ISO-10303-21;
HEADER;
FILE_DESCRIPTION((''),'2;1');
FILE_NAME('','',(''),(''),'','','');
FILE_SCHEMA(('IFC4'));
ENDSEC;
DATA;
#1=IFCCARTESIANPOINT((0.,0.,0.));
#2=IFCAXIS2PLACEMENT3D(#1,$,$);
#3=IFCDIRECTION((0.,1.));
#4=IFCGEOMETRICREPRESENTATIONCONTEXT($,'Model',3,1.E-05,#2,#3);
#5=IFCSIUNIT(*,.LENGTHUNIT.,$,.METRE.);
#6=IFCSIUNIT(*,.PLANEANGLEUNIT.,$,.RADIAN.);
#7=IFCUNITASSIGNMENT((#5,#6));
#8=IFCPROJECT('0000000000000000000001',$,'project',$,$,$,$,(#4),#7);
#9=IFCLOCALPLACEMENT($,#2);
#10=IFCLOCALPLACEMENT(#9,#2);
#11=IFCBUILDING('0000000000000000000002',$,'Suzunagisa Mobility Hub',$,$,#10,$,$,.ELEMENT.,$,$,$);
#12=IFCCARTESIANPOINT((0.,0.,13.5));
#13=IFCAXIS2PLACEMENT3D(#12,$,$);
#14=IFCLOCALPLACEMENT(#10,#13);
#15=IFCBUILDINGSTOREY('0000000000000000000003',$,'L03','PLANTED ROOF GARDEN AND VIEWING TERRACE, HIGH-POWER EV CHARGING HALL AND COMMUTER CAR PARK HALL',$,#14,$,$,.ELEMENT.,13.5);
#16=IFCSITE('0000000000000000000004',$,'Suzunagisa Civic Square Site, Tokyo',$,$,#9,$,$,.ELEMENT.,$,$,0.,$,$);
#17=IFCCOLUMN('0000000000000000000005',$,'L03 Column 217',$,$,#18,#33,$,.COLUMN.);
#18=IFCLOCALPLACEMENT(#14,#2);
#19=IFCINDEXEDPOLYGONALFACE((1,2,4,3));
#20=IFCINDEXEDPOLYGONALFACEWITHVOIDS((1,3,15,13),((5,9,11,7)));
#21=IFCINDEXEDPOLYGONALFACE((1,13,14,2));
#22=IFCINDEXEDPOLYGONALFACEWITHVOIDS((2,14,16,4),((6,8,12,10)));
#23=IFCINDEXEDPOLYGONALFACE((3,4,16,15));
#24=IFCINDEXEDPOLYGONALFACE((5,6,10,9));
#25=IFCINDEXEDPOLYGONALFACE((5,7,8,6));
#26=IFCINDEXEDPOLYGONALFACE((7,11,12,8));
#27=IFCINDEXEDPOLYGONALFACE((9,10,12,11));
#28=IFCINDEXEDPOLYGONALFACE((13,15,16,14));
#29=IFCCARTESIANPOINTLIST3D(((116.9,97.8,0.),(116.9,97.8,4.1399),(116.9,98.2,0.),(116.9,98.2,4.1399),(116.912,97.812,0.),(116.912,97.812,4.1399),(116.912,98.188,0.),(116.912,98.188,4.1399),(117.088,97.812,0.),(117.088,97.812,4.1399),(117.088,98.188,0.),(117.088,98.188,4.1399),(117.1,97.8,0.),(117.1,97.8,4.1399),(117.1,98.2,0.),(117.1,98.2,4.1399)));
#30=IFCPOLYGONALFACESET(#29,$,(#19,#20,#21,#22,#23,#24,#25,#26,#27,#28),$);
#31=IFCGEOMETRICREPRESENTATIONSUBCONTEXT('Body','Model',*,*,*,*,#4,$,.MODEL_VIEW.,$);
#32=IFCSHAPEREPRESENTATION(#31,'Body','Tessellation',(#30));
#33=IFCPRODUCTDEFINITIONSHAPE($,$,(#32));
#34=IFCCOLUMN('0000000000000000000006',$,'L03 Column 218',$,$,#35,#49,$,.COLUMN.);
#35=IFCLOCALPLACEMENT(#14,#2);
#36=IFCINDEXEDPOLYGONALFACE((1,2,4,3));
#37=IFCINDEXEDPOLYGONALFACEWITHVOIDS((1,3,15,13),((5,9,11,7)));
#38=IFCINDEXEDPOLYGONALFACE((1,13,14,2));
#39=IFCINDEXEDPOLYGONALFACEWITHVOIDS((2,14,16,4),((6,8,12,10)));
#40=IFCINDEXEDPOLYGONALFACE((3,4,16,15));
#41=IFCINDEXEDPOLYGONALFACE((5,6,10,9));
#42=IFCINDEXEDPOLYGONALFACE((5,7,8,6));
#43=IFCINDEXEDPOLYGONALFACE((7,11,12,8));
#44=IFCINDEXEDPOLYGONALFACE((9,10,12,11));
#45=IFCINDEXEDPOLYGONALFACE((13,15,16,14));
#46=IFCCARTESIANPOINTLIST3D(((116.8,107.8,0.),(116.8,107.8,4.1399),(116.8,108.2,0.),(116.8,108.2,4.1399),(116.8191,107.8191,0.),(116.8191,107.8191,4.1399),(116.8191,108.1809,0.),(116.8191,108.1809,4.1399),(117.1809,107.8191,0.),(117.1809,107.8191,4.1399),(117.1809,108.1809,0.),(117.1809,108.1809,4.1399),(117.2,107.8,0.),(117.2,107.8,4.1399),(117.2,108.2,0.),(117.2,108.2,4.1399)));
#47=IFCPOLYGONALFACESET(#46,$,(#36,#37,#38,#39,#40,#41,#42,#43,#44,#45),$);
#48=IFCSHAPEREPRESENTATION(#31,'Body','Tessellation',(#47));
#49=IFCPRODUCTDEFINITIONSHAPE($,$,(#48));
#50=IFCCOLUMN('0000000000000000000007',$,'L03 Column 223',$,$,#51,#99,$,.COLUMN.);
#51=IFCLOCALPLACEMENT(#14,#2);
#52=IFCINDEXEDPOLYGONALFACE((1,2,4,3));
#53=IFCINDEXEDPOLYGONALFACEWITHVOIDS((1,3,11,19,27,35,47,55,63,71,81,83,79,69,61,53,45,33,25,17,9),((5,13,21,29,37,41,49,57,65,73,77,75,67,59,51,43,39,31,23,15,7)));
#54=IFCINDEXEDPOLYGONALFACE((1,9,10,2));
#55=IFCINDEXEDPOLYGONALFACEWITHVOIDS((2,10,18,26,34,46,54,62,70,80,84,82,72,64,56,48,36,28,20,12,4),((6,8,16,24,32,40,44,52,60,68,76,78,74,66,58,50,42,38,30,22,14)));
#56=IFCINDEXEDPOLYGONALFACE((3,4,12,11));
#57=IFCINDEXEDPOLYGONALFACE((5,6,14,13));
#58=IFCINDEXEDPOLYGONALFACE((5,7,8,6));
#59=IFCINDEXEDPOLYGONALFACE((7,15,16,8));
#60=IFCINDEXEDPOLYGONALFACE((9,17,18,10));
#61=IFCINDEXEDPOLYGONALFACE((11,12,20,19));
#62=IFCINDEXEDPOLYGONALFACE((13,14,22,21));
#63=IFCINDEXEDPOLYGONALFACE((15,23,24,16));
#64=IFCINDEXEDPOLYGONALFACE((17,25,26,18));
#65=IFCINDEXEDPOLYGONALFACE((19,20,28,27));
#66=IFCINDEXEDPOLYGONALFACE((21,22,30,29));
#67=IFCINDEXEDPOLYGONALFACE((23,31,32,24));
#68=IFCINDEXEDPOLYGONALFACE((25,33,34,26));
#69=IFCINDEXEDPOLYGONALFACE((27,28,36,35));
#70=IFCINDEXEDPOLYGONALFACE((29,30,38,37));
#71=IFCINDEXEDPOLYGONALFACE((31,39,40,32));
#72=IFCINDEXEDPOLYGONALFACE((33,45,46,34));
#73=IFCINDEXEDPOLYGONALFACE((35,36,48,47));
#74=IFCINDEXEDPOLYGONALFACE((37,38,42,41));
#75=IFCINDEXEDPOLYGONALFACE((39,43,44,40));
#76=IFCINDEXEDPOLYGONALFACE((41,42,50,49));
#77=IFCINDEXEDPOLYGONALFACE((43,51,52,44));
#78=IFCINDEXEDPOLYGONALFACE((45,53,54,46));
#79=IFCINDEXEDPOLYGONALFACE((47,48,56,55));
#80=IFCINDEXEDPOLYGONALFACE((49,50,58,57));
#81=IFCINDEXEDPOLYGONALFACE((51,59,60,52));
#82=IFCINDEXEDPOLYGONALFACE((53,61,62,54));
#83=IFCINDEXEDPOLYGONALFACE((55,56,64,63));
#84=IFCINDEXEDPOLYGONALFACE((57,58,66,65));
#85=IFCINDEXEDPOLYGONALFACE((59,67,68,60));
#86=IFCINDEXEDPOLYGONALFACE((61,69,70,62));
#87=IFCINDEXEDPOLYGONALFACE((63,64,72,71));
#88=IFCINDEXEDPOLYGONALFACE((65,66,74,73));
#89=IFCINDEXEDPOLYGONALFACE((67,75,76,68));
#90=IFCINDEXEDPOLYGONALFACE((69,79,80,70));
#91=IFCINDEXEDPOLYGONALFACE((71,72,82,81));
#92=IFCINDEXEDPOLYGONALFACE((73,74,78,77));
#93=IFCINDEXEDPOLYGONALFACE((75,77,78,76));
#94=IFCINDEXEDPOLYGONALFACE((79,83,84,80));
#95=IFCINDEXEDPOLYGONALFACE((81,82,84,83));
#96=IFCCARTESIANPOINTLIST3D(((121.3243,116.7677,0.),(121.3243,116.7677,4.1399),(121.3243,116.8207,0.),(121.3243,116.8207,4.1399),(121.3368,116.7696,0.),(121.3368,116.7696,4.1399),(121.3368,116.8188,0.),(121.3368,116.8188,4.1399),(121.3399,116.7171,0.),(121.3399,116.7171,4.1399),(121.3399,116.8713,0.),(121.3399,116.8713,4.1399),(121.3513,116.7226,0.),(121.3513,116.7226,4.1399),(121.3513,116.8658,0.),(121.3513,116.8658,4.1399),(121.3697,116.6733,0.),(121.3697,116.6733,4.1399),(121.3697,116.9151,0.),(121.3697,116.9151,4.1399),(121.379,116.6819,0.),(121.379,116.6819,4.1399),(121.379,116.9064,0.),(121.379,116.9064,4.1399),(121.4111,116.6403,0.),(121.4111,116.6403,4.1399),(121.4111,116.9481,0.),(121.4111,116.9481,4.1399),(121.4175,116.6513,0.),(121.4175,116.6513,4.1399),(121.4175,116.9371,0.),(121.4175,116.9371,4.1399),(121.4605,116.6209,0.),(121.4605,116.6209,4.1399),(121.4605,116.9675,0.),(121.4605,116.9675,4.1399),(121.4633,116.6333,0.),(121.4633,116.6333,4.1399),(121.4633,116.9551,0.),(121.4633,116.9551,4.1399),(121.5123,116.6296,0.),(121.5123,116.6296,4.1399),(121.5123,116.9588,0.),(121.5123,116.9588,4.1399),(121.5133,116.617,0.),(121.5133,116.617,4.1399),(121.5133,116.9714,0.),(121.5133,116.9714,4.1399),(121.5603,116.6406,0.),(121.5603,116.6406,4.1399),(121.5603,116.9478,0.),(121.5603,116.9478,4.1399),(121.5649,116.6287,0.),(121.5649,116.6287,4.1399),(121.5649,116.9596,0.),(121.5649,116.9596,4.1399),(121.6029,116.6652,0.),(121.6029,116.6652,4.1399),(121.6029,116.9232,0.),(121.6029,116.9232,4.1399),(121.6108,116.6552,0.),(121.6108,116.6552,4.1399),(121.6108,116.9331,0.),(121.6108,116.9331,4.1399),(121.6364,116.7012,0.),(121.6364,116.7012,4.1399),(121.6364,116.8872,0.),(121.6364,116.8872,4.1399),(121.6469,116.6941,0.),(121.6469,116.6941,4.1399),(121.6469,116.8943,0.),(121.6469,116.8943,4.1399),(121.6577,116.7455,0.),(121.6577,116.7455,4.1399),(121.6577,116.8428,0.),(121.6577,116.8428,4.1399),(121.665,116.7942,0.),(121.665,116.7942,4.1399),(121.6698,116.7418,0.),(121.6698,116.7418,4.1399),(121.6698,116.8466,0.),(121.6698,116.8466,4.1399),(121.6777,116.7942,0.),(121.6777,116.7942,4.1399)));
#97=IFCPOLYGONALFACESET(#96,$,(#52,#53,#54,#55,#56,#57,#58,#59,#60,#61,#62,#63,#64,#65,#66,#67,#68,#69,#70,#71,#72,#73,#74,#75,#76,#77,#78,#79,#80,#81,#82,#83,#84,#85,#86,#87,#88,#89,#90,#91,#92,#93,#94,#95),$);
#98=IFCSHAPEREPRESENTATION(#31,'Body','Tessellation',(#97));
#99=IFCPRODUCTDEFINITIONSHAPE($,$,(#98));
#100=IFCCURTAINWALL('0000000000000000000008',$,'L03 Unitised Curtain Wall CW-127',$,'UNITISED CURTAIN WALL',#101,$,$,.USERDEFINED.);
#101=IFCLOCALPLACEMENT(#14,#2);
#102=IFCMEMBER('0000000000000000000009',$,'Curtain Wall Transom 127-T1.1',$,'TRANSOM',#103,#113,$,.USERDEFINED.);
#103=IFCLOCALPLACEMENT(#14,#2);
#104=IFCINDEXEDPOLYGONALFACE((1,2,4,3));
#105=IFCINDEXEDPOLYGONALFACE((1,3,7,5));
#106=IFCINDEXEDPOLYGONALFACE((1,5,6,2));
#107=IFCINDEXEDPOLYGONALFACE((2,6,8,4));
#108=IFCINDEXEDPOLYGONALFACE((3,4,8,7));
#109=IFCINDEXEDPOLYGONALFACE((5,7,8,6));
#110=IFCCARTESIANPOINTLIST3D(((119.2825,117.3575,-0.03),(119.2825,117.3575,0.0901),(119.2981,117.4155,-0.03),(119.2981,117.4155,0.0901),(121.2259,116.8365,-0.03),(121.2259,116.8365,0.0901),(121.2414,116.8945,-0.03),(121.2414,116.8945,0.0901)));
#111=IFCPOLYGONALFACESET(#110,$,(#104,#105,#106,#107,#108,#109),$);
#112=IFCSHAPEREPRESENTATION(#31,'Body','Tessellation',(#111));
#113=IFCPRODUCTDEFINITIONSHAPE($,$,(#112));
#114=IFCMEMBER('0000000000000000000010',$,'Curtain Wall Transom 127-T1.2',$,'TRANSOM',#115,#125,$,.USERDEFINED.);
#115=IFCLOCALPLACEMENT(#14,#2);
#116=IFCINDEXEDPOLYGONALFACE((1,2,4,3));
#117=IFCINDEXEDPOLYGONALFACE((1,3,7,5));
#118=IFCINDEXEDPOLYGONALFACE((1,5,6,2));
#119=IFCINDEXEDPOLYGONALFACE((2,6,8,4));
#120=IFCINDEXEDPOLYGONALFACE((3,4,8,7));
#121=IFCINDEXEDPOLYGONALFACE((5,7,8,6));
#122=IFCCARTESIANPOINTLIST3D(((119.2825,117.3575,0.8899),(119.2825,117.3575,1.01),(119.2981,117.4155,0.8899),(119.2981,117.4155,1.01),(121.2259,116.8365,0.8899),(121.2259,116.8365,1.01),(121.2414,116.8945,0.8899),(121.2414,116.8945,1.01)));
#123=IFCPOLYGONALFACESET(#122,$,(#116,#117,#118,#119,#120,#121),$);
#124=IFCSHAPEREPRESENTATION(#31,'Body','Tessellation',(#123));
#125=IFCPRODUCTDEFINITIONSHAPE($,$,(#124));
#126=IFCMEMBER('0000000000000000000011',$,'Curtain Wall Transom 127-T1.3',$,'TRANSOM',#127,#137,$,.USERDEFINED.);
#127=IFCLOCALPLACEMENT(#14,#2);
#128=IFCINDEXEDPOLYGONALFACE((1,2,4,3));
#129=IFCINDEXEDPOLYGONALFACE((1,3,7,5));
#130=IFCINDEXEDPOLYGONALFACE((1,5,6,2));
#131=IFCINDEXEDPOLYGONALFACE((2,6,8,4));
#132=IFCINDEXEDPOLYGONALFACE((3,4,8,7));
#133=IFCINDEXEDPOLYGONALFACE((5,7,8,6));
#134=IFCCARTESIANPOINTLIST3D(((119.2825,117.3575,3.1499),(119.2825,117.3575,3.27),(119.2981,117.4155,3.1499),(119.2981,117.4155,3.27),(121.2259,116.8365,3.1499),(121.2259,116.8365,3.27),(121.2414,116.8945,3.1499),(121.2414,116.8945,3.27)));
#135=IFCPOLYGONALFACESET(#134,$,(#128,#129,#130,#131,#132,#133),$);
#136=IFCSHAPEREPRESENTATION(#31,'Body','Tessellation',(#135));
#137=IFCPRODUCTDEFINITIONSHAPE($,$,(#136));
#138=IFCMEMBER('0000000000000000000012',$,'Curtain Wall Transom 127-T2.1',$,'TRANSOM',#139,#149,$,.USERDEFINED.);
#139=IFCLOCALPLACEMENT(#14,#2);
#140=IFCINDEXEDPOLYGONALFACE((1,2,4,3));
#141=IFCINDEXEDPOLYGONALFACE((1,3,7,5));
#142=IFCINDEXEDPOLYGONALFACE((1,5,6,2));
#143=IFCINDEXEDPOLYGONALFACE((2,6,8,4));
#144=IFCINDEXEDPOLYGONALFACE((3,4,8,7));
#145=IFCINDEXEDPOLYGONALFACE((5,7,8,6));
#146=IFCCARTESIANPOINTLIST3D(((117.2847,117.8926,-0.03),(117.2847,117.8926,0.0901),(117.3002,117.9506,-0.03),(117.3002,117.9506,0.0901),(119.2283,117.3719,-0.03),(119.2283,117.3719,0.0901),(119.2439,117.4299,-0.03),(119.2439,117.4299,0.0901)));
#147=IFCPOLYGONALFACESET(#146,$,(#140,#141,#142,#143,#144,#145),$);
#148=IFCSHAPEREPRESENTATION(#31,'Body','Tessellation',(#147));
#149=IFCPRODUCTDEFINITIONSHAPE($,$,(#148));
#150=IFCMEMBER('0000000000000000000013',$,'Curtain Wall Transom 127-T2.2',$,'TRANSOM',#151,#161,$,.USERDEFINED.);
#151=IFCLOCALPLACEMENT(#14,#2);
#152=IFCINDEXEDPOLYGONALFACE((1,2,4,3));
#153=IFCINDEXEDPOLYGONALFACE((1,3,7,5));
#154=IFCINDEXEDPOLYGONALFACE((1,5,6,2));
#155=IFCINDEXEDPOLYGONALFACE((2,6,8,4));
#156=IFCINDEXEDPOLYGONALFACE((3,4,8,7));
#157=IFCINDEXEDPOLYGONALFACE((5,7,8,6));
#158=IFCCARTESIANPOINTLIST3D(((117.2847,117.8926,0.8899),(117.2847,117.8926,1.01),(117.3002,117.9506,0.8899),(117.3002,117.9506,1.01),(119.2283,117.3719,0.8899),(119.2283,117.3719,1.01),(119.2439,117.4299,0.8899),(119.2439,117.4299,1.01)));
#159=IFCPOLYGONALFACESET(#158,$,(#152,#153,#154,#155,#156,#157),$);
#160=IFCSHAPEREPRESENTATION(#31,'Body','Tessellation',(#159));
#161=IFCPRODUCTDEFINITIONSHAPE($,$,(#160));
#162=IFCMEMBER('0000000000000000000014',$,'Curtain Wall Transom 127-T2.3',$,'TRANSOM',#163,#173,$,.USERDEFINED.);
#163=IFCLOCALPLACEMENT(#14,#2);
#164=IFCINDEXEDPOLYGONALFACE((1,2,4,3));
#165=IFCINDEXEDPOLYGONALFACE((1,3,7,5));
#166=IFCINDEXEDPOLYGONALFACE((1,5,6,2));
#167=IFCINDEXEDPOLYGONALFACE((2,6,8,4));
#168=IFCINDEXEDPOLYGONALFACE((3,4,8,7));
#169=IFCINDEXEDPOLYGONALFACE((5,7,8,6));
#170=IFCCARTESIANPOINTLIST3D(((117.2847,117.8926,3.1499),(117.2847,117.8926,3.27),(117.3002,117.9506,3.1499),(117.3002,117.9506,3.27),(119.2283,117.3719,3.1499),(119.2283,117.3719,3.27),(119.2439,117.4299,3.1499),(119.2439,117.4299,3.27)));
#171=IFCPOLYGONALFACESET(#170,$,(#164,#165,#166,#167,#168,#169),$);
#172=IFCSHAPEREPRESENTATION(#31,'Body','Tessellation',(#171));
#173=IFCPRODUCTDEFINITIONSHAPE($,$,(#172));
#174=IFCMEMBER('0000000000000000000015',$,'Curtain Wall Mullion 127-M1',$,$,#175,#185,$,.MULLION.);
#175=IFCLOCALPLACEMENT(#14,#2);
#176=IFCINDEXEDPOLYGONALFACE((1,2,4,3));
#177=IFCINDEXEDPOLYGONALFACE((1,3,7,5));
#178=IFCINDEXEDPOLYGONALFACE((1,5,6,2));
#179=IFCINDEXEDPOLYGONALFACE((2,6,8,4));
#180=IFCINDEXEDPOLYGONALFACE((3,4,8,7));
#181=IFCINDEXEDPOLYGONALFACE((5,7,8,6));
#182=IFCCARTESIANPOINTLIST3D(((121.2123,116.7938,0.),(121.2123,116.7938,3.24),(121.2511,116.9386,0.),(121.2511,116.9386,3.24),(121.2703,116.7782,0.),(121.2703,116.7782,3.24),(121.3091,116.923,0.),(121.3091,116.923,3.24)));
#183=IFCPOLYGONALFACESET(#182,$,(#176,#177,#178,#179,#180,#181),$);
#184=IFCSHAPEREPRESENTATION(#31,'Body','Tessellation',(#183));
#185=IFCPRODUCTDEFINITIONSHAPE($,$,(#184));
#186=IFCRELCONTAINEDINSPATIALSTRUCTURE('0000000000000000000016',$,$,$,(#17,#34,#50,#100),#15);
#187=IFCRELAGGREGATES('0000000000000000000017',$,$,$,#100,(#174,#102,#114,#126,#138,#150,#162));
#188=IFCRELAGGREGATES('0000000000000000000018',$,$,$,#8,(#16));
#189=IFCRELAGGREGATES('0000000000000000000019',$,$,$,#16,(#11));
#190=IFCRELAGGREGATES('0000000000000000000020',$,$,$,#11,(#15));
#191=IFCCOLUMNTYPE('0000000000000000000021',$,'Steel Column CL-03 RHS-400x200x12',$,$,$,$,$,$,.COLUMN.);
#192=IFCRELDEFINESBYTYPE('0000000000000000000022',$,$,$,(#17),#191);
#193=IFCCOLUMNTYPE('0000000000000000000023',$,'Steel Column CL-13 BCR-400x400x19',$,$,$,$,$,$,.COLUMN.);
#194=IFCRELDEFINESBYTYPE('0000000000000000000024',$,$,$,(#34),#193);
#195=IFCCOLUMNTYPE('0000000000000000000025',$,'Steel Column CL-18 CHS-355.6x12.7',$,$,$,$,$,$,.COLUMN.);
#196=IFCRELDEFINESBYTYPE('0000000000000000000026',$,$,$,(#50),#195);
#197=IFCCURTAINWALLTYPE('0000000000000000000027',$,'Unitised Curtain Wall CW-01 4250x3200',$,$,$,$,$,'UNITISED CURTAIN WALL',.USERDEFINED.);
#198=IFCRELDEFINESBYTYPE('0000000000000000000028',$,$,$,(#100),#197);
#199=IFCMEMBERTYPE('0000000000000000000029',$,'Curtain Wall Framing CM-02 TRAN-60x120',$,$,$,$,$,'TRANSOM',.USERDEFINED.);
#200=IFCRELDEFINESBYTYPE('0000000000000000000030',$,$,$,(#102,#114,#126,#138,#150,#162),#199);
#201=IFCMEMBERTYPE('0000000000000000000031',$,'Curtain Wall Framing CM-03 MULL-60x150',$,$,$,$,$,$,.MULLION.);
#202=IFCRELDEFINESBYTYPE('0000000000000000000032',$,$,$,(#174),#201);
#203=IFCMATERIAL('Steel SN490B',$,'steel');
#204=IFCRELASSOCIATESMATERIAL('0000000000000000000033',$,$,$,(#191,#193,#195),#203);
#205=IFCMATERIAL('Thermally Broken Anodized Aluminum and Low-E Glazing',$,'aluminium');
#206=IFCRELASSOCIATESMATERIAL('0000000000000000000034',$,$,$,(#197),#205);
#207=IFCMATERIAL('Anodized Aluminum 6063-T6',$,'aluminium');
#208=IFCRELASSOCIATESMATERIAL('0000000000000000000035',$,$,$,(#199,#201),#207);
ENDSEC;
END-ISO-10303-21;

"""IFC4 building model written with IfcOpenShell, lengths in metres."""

from ifc_helpers import new_model, si_unit, direction, frame, origin, origin_2d, place, context, subcontext, project, spatial, rectangle, hollow_rectangle, hollow_circle, extrude, material, material_profile, profile_set, type_object, element, aggregate, save


model = new_model("IFC4")

# Units and contexts
model_context = context("Model", 3, precision=1e-05, world=origin(), true_north=direction((0.0, 1.0)))
body_context = subcontext(model_context, "Body", "Model", "MODEL_VIEW")
ifc_project = project(units=[si_unit("LENGTHUNIT", "METRE"), si_unit("PLANEANGLEUNIT", "RADIAN")], contexts=[model_context])

# Site, building, storey
site_placement = place(None, origin())
site = spatial("IfcSite", under=ifc_project, at=site_placement, Name="Suzunagisa Civic Square Site, Tokyo", CompositionType="ELEMENT", RefElevation=0.0)
building_placement = place(site_placement, origin())
building = spatial("IfcBuilding", under=site, at=building_placement, Name="Suzunagisa Mobility Hub", CompositionType="ELEMENT")
storey_placement = place(building_placement, frame((0.0, 0.0, 13.5)))
storey = spatial("IfcBuildingStorey", under=building, at=storey_placement, Name="L03", Description="PLANTED ROOF GARDEN AND VIEWING TERRACE, HIGH-POWER EV CHARGING HALL AND COMMUTER CAR PARK HALL", CompositionType="ELEMENT", Elevation=13.5)

# Columns
ifc_material_1 = material(Name="Steel SN490B", Category="steel")
ifc_material_profile_1 = material_profile(ifc_material_1, hollow_rectangle(XDim=0.2, YDim=0.3999, WallThickness=0.012, at=origin_2d()), Name="RHS-400x200x12")
ifc_profile_set_1 = profile_set([ifc_material_profile_1], Name="Steel SN490B")
column_type_1 = type_object("IfcColumnType", Name="Steel Column CL-03 RHS-400x200x12", PredefinedType="COLUMN", material=ifc_profile_set_1)
column_1_placement = place(storey_placement, frame((117.0, 98.0, 0.0), z_axis=(0.0, 0.0, 1.0), x_axis=(1.0, 0.0, 0.0)))
element("IfcColumn", 1, at=column_1_placement, inside=storey, type_object=column_type_1, Name="L03 Column 217", PredefinedType="COLUMN", context=body_context, shape_type="SweptSolid", body=[
    extrude(hollow_rectangle(XDim=0.2, YDim=0.3999, WallThickness=0.012, at=origin_2d()), origin(), (0.0, 0.0, 1.0), 4.1399),
])
ifc_material_profile_2 = material_profile(ifc_material_1, hollow_rectangle(XDim=0.3999, YDim=0.3999, WallThickness=0.019, at=origin_2d()), Name="BCR-400x400x19")
ifc_profile_set_2 = profile_set([ifc_material_profile_2], Name="Steel SN490B")
column_type_2 = type_object("IfcColumnType", Name="Steel Column CL-13 BCR-400x400x19", PredefinedType="COLUMN", material=ifc_profile_set_2)
column_2_placement = place(storey_placement, frame((117.0, 108.0, 0.0), z_axis=(0.0, 0.0, 1.0), x_axis=(1.0, 0.0, 0.0)))
element("IfcColumn", 2, at=column_2_placement, inside=storey, type_object=column_type_2, Name="L03 Column 218", PredefinedType="COLUMN", context=body_context, shape_type="SweptSolid", body=[
    extrude(hollow_rectangle(XDim=0.3999, YDim=0.3999, WallThickness=0.019, at=origin_2d()), origin(), (0.0, 0.0, 1.0), 4.1399),
])
ifc_material_profile_3 = material_profile(ifc_material_1, hollow_circle(Radius=0.1777, WallThickness=0.0127, at=origin_2d()), Name="CHS-355.6x12.7")
ifc_profile_set_3 = profile_set([ifc_material_profile_3], Name="Steel SN490B")
column_type_3 = type_object("IfcColumnType", Name="Steel Column CL-18 CHS-355.6x12.7", PredefinedType="COLUMN", material=ifc_profile_set_3)
column_3_placement = place(storey_placement, frame((121.5, 116.7942, 0.0), z_axis=(0.0, 0.0, 1.0), x_axis=(1.0, 0.0, 0.0)))
element("IfcColumn", 3, at=column_3_placement, inside=storey, type_object=column_type_3, Name="L03 Column 223", PredefinedType="COLUMN", context=body_context, shape_type="SweptSolid", body=[
    extrude(hollow_circle(Radius=0.1777, WallThickness=0.0127, at=origin_2d()), origin(), (0.0, 0.0, 1.0), 4.1399),
])

# Curtain wall, members
ifc_material_2 = material(Name="Thermally Broken Anodized Aluminum and Low-E Glazing", Category="aluminium")
curtain_wall_type = type_object("IfcCurtainWallType", Name="Unitised Curtain Wall CW-01 4250x3200", ElementType="UNITISED CURTAIN WALL", PredefinedType="USERDEFINED", material=ifc_material_2)
curtain_wall_placement = place(storey_placement, origin())
curtain_wall = element("IfcCurtainWall", 4, at=curtain_wall_placement, inside=storey, type_object=curtain_wall_type, Name="L03 Unitised Curtain Wall CW-127", ObjectType="UNITISED CURTAIN WALL", PredefinedType="USERDEFINED")
ifc_material_3 = material(Name="Anodized Aluminum 6063-T6", Category="aluminium")
ifc_material_profile_4 = material_profile(ifc_material_3, rectangle(XDim=0.0601, YDim=0.1201, at=origin_2d()), Name="TRAN-60x120")
ifc_profile_set_4 = profile_set([ifc_material_profile_4], Name="Anodized Aluminum 6063-T6")
member_type_1 = type_object("IfcMemberType", Name="Curtain Wall Framing CM-02 TRAN-60x120", ElementType="TRANSOM", PredefinedType="USERDEFINED", material=ifc_profile_set_4)
member_1_placement = place(storey_placement, frame((121.2336, 116.8655, 0.03), z_axis=(-0.965892, 0.258946, 0.0), x_axis=(-0.258946, -0.965892, 0.0)))
member_1 = element("IfcMember", 5, at=member_1_placement, type_object=member_type_1, Name="Curtain Wall Transom 127-T1.1", ObjectType="TRANSOM", PredefinedType="USERDEFINED", context=body_context, shape_type="SweptSolid", body=[
    extrude(rectangle(XDim=0.0601, YDim=0.1201, at=origin_2d()), origin(), (0.0, 0.0, 1.0), 2.012),
])
member_2_placement = place(storey_placement, frame((121.2336, 116.8655, 0.95), z_axis=(-0.965892, 0.258946, 0.0), x_axis=(-0.258946, -0.965892, 0.0)))
member_2 = element("IfcMember", 6, at=member_2_placement, type_object=member_type_1, Name="Curtain Wall Transom 127-T1.2", ObjectType="TRANSOM", PredefinedType="USERDEFINED", context=body_context, shape_type="SweptSolid", body=[
    extrude(rectangle(XDim=0.0601, YDim=0.1201, at=origin_2d()), origin(), (0.0, 0.0, 1.0), 2.012),
])
member_3_placement = place(storey_placement, frame((121.2336, 116.8655, 3.21), z_axis=(-0.965892, 0.258946, 0.0), x_axis=(-0.258946, -0.965892, 0.0)))
member_3 = element("IfcMember", 7, at=member_3_placement, type_object=member_type_1, Name="Curtain Wall Transom 127-T1.3", ObjectType="TRANSOM", PredefinedType="USERDEFINED", context=body_context, shape_type="SweptSolid", body=[
    extrude(rectangle(XDim=0.0601, YDim=0.1201, at=origin_2d()), origin(), (0.0, 0.0, 1.0), 2.012),
])
member_4_placement = place(storey_placement, frame((119.2361, 117.4009, 0.03), z_axis=(-0.96593, 0.258803, 0.0), x_axis=(-0.258803, -0.96593, 0.0)))
member_4 = element("IfcMember", 8, at=member_4_placement, type_object=member_type_1, Name="Curtain Wall Transom 127-T2.1", ObjectType="TRANSOM", PredefinedType="USERDEFINED", context=body_context, shape_type="SweptSolid", body=[
    extrude(rectangle(XDim=0.0601, YDim=0.1201, at=origin_2d()), origin(), (0.0, 0.0, 1.0), 2.0122),
])
member_5_placement = place(storey_placement, frame((119.2361, 117.4009, 0.95), z_axis=(-0.96593, 0.258803, 0.0), x_axis=(-0.258803, -0.96593, 0.0)))
member_5 = element("IfcMember", 9, at=member_5_placement, type_object=member_type_1, Name="Curtain Wall Transom 127-T2.2", ObjectType="TRANSOM", PredefinedType="USERDEFINED", context=body_context, shape_type="SweptSolid", body=[
    extrude(rectangle(XDim=0.0601, YDim=0.1201, at=origin_2d()), origin(), (0.0, 0.0, 1.0), 2.0122),
])
member_6_placement = place(storey_placement, frame((119.2361, 117.4009, 3.21), z_axis=(-0.96593, 0.258803, 0.0), x_axis=(-0.258803, -0.96593, 0.0)))
member_6 = element("IfcMember", 10, at=member_6_placement, type_object=member_type_1, Name="Curtain Wall Transom 127-T2.3", ObjectType="TRANSOM", PredefinedType="USERDEFINED", context=body_context, shape_type="SweptSolid", body=[
    extrude(rectangle(XDim=0.0601, YDim=0.1201, at=origin_2d()), origin(), (0.0, 0.0, 1.0), 2.0122),
])
ifc_material_profile_5 = material_profile(ifc_material_3, rectangle(XDim=0.0601, YDim=0.1499, at=origin_2d()), Name="MULL-60x150")
ifc_profile_set_5 = profile_set([ifc_material_profile_5], Name="Anodized Aluminum 6063-T6")
member_type_2 = type_object("IfcMemberType", Name="Curtain Wall Framing CM-03 MULL-60x150", PredefinedType="MULLION", material=ifc_profile_set_5)
member_7_placement = place(storey_placement, frame((121.2607, 116.8584, 0.0), z_axis=(0.0, 0.0, 1.0), x_axis=(-0.965927, 0.258814, 0.0)))
member_7 = element("IfcMember", 11, at=member_7_placement, type_object=member_type_2, Name="Curtain Wall Mullion 127-M1", PredefinedType="MULLION", context=body_context, shape_type="SweptSolid", body=[
    extrude(rectangle(XDim=0.0601, YDim=0.1499, at=origin_2d()), origin(), (0.0, 0.0, 1.0), 3.24),
])

aggregate(curtain_wall, [member_7, member_1, member_2, member_3, member_4, member_5, member_6])

save(model, "model.ifc")
